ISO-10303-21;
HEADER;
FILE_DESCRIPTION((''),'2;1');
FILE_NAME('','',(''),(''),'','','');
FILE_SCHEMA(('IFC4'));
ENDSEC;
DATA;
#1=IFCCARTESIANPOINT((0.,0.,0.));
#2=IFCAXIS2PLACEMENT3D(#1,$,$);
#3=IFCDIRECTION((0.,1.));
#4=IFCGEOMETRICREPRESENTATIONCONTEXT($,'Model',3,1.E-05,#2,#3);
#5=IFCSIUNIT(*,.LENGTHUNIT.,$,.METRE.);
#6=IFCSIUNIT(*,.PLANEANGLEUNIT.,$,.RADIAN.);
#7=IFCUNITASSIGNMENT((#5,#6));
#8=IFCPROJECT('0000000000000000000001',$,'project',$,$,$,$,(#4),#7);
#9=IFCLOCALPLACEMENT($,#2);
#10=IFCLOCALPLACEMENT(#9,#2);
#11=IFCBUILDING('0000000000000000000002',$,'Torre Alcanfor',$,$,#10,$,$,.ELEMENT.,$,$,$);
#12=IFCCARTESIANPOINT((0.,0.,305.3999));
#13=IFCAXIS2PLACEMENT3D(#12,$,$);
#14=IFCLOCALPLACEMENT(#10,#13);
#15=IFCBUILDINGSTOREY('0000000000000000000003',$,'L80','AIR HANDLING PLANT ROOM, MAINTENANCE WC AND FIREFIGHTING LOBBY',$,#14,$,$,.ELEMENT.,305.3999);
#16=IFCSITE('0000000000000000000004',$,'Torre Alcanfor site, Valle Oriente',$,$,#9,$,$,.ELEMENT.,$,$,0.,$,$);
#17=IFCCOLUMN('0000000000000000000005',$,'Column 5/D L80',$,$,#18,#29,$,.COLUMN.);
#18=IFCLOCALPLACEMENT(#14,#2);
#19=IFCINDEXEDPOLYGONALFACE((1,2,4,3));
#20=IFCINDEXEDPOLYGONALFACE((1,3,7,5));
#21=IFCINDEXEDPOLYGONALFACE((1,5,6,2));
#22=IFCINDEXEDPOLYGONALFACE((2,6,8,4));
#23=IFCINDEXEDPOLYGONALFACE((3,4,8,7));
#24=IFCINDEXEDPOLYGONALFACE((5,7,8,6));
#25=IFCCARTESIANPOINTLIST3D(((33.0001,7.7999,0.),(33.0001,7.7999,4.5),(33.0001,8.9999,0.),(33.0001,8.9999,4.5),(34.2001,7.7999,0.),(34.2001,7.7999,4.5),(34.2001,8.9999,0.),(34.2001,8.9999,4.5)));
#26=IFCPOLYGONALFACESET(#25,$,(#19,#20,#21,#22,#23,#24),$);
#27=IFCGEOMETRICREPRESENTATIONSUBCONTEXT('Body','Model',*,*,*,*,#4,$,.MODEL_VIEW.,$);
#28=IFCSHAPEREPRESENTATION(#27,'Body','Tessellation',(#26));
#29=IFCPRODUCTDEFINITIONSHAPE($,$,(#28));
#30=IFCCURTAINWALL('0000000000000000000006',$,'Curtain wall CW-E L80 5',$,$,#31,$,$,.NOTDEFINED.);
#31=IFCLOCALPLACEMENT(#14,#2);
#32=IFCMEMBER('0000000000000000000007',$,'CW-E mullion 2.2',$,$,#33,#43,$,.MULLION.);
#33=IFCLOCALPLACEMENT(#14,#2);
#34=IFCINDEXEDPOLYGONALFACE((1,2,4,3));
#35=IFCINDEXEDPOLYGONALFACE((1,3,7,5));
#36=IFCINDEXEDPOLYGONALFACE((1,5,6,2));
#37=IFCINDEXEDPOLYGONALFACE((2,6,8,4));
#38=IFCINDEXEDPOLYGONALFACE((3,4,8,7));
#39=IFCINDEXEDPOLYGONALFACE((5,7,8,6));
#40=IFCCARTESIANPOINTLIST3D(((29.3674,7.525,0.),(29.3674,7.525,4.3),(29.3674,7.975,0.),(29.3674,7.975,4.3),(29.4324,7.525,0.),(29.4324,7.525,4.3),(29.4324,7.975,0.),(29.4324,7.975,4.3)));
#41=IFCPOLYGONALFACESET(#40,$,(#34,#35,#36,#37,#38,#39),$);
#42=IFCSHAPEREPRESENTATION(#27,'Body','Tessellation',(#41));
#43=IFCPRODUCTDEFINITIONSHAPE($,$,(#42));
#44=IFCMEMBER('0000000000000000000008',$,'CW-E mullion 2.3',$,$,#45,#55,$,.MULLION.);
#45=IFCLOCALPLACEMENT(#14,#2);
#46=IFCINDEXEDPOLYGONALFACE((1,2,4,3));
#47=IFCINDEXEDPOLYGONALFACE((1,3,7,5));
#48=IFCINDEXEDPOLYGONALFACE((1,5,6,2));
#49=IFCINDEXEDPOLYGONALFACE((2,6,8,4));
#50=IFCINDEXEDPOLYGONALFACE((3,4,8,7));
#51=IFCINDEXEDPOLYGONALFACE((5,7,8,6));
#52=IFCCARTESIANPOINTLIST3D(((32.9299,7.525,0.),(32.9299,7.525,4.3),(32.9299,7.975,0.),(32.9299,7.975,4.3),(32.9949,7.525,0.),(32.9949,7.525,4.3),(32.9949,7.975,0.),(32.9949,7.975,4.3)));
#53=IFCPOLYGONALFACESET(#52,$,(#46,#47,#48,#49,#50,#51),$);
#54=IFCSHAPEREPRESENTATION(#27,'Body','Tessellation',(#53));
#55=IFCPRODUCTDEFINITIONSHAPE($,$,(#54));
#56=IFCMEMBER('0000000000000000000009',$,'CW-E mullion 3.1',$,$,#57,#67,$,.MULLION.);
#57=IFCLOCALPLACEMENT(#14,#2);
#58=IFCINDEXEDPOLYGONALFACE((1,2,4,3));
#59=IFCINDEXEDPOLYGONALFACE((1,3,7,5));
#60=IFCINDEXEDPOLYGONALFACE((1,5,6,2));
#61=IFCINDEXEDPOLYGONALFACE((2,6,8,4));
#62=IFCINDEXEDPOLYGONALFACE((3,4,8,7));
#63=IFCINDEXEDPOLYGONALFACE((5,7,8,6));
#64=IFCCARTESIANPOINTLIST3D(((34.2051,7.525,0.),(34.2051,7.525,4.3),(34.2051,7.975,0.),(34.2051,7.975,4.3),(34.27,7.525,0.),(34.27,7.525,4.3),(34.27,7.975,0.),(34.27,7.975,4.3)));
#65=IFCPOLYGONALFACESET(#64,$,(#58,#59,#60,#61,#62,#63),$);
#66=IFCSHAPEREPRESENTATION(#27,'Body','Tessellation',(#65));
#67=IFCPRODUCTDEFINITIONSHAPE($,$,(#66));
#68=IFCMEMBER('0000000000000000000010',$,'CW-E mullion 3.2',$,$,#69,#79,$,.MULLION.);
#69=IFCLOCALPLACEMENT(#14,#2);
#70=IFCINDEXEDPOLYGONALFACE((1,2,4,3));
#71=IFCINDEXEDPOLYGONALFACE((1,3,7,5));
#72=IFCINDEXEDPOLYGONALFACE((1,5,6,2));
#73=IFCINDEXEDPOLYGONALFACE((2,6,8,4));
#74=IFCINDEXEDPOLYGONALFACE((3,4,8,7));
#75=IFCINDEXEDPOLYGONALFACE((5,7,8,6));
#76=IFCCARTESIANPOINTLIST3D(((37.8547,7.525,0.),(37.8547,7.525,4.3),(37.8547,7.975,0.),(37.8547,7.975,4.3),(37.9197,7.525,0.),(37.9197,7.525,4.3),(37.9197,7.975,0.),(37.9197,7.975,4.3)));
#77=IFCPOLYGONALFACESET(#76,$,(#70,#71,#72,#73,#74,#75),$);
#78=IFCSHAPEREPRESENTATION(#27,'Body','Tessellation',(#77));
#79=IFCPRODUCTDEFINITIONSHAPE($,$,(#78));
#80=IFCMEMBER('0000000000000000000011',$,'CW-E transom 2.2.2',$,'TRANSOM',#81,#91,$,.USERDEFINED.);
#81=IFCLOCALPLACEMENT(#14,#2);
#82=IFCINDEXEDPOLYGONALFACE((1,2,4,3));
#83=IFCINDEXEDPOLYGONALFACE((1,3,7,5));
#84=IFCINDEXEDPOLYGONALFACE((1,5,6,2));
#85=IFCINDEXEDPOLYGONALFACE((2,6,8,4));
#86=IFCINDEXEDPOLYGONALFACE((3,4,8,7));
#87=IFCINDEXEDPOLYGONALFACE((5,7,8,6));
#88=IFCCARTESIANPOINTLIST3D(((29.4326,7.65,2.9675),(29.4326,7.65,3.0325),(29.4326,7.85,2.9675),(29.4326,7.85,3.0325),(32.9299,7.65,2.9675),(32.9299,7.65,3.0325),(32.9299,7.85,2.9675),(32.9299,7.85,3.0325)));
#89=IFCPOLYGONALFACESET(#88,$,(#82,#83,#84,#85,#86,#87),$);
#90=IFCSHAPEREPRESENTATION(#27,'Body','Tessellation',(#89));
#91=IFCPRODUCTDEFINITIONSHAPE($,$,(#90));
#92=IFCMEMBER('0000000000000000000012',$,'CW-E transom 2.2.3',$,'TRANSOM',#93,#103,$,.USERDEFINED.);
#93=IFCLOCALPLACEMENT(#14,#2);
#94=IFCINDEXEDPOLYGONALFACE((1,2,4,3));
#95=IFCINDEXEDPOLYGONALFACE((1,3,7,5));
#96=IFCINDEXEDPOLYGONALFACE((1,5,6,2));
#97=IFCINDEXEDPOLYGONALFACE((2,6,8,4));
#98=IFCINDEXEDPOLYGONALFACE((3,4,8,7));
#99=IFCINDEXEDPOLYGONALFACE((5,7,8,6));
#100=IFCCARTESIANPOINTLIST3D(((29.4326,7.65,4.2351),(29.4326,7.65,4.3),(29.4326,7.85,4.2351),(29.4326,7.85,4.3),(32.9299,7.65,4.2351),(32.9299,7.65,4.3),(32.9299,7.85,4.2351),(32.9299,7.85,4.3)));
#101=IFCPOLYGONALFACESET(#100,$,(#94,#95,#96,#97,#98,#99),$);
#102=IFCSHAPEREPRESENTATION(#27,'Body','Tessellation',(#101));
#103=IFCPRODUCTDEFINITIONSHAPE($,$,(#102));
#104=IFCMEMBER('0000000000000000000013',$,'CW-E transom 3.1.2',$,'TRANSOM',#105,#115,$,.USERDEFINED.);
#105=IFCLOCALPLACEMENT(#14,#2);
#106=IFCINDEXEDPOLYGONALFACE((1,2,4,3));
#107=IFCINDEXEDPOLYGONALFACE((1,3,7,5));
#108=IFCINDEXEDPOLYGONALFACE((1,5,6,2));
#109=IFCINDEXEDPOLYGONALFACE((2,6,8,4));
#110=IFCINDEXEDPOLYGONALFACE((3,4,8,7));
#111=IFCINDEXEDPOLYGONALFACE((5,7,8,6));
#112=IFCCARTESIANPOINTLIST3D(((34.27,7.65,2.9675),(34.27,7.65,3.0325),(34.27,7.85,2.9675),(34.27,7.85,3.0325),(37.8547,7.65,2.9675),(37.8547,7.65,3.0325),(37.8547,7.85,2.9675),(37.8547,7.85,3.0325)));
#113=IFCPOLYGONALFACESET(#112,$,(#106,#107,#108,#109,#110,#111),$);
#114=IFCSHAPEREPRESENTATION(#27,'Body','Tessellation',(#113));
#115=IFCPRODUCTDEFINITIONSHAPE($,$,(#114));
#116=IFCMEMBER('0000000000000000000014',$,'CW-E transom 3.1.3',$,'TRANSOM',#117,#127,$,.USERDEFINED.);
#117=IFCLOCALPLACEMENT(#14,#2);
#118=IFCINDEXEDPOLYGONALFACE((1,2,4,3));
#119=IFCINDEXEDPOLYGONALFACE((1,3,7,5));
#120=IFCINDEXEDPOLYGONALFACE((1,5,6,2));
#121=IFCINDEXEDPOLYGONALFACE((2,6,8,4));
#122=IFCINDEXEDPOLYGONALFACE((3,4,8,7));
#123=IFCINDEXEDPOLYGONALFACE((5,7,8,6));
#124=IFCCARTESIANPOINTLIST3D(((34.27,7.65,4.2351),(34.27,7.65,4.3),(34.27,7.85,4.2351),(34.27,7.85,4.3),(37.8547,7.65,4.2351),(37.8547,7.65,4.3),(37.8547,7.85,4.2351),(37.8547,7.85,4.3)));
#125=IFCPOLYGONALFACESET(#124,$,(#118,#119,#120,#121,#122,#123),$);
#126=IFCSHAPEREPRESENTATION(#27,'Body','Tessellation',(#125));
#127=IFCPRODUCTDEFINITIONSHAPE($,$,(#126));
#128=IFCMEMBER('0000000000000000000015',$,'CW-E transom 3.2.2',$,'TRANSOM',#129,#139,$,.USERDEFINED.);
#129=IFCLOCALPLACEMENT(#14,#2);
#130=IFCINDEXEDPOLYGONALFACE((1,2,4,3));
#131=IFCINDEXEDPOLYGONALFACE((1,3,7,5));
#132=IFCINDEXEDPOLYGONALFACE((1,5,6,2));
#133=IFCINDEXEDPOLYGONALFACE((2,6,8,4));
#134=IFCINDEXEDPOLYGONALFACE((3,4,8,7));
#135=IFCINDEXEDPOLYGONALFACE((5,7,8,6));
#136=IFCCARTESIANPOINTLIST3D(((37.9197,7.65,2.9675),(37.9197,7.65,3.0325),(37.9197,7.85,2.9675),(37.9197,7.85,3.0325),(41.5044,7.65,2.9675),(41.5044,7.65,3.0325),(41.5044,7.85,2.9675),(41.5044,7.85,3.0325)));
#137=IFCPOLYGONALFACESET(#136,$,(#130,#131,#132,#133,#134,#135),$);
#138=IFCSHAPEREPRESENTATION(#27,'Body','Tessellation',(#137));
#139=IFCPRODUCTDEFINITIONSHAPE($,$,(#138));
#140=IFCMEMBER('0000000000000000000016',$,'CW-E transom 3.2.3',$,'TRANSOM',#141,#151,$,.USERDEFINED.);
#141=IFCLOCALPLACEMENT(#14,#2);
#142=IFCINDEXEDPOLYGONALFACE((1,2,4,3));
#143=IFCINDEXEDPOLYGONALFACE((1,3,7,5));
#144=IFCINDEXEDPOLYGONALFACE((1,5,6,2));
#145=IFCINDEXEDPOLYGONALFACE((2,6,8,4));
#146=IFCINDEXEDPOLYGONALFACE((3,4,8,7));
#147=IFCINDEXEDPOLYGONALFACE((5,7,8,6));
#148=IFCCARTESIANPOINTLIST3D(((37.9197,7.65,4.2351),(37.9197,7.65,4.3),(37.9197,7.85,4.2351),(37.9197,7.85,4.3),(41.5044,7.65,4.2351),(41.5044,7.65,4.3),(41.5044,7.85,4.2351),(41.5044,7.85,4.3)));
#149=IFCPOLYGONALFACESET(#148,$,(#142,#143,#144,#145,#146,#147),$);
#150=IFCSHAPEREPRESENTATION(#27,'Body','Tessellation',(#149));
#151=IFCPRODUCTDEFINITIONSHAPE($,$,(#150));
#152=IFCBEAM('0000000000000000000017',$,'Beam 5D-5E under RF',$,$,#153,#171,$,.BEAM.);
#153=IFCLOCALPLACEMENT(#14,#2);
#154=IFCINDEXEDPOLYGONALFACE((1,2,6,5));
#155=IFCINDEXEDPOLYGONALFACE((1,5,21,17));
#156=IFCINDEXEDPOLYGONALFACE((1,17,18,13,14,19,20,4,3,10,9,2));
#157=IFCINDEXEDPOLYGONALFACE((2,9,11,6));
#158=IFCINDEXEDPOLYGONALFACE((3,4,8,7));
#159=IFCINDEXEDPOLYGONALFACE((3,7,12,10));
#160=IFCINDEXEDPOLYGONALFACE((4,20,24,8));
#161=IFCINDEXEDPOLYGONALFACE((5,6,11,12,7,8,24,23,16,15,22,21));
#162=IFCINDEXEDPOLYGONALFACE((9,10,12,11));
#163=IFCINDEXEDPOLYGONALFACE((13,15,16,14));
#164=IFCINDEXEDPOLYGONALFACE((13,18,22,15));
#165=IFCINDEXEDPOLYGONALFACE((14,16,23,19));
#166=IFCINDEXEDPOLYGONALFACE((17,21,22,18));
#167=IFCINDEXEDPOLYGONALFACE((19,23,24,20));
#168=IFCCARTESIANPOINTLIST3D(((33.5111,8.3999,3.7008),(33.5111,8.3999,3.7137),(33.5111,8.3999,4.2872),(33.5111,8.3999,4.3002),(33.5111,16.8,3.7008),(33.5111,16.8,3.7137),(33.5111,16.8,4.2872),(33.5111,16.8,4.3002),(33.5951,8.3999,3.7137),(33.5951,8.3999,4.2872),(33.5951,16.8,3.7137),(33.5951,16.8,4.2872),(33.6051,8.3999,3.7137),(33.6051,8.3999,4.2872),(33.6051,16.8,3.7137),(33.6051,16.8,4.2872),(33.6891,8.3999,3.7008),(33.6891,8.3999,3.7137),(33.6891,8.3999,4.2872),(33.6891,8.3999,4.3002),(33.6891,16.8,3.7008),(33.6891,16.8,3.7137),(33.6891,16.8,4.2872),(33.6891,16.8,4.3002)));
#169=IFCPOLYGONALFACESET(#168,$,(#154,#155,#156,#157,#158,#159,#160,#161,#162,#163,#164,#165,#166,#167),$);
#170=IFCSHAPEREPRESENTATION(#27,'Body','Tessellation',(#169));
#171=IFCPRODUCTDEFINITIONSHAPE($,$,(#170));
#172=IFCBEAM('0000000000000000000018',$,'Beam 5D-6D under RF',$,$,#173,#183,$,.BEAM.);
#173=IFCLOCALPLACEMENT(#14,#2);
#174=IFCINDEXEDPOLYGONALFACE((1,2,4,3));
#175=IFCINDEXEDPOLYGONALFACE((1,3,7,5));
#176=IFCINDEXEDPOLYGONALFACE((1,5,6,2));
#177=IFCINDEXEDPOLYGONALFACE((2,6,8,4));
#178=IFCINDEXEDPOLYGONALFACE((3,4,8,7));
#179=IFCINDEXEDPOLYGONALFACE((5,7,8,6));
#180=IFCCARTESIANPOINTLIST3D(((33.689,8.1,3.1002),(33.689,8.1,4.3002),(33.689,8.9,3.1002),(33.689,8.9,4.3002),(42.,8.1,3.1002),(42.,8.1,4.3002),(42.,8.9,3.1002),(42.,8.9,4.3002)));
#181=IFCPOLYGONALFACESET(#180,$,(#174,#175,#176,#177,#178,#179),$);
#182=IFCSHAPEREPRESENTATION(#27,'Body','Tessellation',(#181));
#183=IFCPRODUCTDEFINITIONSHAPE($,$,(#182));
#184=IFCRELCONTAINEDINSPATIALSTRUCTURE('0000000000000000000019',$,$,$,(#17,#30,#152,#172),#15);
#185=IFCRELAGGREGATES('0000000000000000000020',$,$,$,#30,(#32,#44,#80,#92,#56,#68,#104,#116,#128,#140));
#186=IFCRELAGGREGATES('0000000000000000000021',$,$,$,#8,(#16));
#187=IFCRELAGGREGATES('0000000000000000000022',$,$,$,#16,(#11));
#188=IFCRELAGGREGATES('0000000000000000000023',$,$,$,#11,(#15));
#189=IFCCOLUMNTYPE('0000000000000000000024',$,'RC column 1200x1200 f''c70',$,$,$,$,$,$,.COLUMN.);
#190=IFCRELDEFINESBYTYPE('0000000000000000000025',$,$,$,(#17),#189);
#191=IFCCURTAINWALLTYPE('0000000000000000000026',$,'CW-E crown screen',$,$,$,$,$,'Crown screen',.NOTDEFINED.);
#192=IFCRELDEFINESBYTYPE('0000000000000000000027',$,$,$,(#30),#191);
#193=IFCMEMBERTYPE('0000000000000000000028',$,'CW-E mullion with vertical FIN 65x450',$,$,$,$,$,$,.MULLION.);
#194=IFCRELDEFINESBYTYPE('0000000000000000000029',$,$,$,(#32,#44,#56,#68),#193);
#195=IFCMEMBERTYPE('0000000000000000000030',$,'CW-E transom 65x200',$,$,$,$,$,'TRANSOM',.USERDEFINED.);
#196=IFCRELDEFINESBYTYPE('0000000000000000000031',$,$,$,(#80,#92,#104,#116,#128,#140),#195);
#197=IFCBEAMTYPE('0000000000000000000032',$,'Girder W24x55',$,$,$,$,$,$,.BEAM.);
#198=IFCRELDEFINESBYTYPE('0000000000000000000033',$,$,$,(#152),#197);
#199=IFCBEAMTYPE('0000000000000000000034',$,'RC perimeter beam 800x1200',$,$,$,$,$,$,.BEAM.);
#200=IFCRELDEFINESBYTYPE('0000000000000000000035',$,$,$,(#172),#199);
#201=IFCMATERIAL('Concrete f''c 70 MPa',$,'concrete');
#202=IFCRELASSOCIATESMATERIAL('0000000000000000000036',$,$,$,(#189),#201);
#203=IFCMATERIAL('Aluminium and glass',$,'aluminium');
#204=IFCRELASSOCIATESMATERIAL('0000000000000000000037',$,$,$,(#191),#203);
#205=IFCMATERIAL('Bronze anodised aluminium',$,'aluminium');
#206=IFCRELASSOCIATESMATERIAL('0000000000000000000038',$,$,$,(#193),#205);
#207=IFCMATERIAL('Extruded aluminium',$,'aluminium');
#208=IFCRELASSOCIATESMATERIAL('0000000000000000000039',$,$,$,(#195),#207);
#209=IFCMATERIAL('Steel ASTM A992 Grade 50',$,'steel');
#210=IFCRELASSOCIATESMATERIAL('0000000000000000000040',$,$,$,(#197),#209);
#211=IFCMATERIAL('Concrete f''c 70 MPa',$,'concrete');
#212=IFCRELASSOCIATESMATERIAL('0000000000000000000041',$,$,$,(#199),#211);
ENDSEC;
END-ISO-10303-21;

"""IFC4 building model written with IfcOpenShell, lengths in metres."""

from ifc_helpers import new_model, si_unit, direction, frame, origin, origin_2d, place, context, subcontext, project, spatial, rectangle, i_section, extrude, material, material_profile, profile_set, type_object, element, aggregate, save


model = new_model("IFC4")

# Units and contexts
model_context = context("Model", 3, precision=1e-05, world=origin(), true_north=direction((0.0, 1.0)))
body_context = subcontext(model_context, "Body", "Model", "MODEL_VIEW")
ifc_project = project(units=[si_unit("LENGTHUNIT", "METRE"), si_unit("PLANEANGLEUNIT", "RADIAN")], contexts=[model_context])

# Site, building, storey
site_placement = place(None, origin())
site = spatial("IfcSite", under=ifc_project, at=site_placement, Name="Torre Alcanfor site, Valle Oriente", CompositionType="ELEMENT", RefElevation=0.0)
building_placement = place(site_placement, origin())
building = spatial("IfcBuilding", under=site, at=building_placement, Name="Torre Alcanfor", CompositionType="ELEMENT")
storey_placement = place(building_placement, frame((0.0, 0.0, 305.3999)))
storey = spatial("IfcBuildingStorey", under=building, at=storey_placement, Name="L80", Description="AIR HANDLING PLANT ROOM, MAINTENANCE WC AND FIREFIGHTING LOBBY", CompositionType="ELEMENT", Elevation=305.3999)

# Column
ifc_material_1 = material(Name="Concrete f'c 70 MPa", Category="concrete")
ifc_material_profile_1 = material_profile(ifc_material_1, rectangle(XDim=1.2, YDim=1.2, at=origin_2d()), Name="1200x1200")
ifc_profile_set_1 = profile_set([ifc_material_profile_1], Name="Concrete f'c 70 MPa")
column_type = type_object("IfcColumnType", Name="RC column 1200x1200 f'c70", PredefinedType="COLUMN", material=ifc_profile_set_1)
column_placement = place(storey_placement, frame((33.6001, 8.3999, 0.0), z_axis=(0.0, 0.0, 1.0), x_axis=(1.0, 0.0, 0.0)))
element("IfcColumn", 1, at=column_placement, inside=storey, type_object=column_type, Name="Column 5/D L80", PredefinedType="COLUMN", context=body_context, shape_type="SweptSolid", body=[
    extrude(rectangle(XDim=1.2, YDim=1.2, at=origin_2d()), origin(), (0.0, 0.0, 1.0), 4.5),
])

# Curtain wall, members
ifc_material_2 = material(Name="Aluminium and glass", Category="aluminium")
curtain_wall_type = type_object("IfcCurtainWallType", Name="CW-E crown screen", ElementType="Crown screen", PredefinedType="NOTDEFINED", material=ifc_material_2)
curtain_wall_placement = place(storey_placement, origin())
curtain_wall = element("IfcCurtainWall", 2, at=curtain_wall_placement, inside=storey, type_object=curtain_wall_type, Name="Curtain wall CW-E L80 5", PredefinedType="NOTDEFINED")
ifc_material_3 = material(Name="Bronze anodised aluminium", Category="aluminium")
ifc_material_profile_2 = material_profile(ifc_material_3, rectangle(XDim=0.45, YDim=0.0649, at=origin_2d()), Name="CW-E mullion 65x450")
ifc_profile_set_2 = profile_set([ifc_material_profile_2], Name="Bronze anodised aluminium")
member_type_1 = type_object("IfcMemberType", Name="CW-E mullion with vertical FIN 65x450", PredefinedType="MULLION", material=ifc_profile_set_2)
member_1_placement = place(storey_placement, frame((29.3999, 7.75, 0.0), z_axis=(0.0, 0.0, 1.0), x_axis=(0.0, 1.0, 0.0)))
member_1 = element("IfcMember", 3, at=member_1_placement, type_object=member_type_1, Name="CW-E mullion 2.2", PredefinedType="MULLION", context=body_context, shape_type="SweptSolid", body=[
    extrude(rectangle(XDim=0.45, YDim=0.0649, at=origin_2d()), origin(), (0.0, 0.0, 1.0), 4.3),
])
member_2_placement = place(storey_placement, frame((32.9624, 7.75, 0.0), z_axis=(0.0, 0.0, 1.0), x_axis=(0.0, 1.0, 0.0)))
member_2 = element("IfcMember", 4, at=member_2_placement, type_object=member_type_1, Name="CW-E mullion 2.3", PredefinedType="MULLION", context=body_context, shape_type="SweptSolid", body=[
    extrude(rectangle(XDim=0.45, YDim=0.0649, at=origin_2d()), origin(), (0.0, 0.0, 1.0), 4.3),
])
member_3_placement = place(storey_placement, frame((34.2375, 7.75, 0.0), z_axis=(0.0, 0.0, 1.0), x_axis=(0.0, 1.0, 0.0)))
member_3 = element("IfcMember", 5, at=member_3_placement, type_object=member_type_1, Name="CW-E mullion 3.1", PredefinedType="MULLION", context=body_context, shape_type="SweptSolid", body=[
    extrude(rectangle(XDim=0.45, YDim=0.0649, at=origin_2d()), origin(), (0.0, 0.0, 1.0), 4.3),
])
member_4_placement = place(storey_placement, frame((37.8872, 7.75, 0.0), z_axis=(0.0, 0.0, 1.0), x_axis=(0.0, 1.0, 0.0)))
member_4 = element("IfcMember", 6, at=member_4_placement, type_object=member_type_1, Name="CW-E mullion 3.2", PredefinedType="MULLION", context=body_context, shape_type="SweptSolid", body=[
    extrude(rectangle(XDim=0.45, YDim=0.0649, at=origin_2d()), origin(), (0.0, 0.0, 1.0), 4.3),
])
ifc_material_4 = material(Name="Extruded aluminium", Category="aluminium")
ifc_material_profile_3 = material_profile(ifc_material_4, rectangle(XDim=0.2, YDim=0.0649, at=origin_2d()), Name="CW-E transom 200x65")
ifc_profile_set_3 = profile_set([ifc_material_profile_3], Name="Extruded aluminium")
member_type_2 = type_object("IfcMemberType", Name="CW-E transom 65x200", ElementType="TRANSOM", PredefinedType="USERDEFINED", material=ifc_profile_set_3)
member_5_placement = place(storey_placement, frame((29.4326, 7.75, 3.0), z_axis=(1.0, 0.0, 0.0), x_axis=(0.0, 1.0, 0.0)))
member_5 = element("IfcMember", 7, at=member_5_placement, type_object=member_type_2, Name="CW-E transom 2.2.2", ObjectType="TRANSOM", PredefinedType="USERDEFINED", context=body_context, shape_type="SweptSolid", body=[
    extrude(rectangle(XDim=0.2, YDim=0.0649, at=origin_2d()), origin(), (0.0, 0.0, 1.0), 3.4973),
])
member_6_placement = place(storey_placement, frame((29.4326, 7.75, 4.2676), z_axis=(1.0, 0.0, 0.0), x_axis=(0.0, 1.0, 0.0)))
member_6 = element("IfcMember", 8, at=member_6_placement, type_object=member_type_2, Name="CW-E transom 2.2.3", ObjectType="TRANSOM", PredefinedType="USERDEFINED", context=body_context, shape_type="SweptSolid", body=[
    extrude(rectangle(XDim=0.2, YDim=0.0649, at=origin_2d()), origin(), (0.0, 0.0, 1.0), 3.4973),
])
member_7_placement = place(storey_placement, frame((34.27, 7.75, 3.0), z_axis=(1.0, 0.0, 0.0), x_axis=(0.0, 1.0, 0.0)))
member_7 = element("IfcMember", 9, at=member_7_placement, type_object=member_type_2, Name="CW-E transom 3.1.2", ObjectType="TRANSOM", PredefinedType="USERDEFINED", context=body_context, shape_type="SweptSolid", body=[
    extrude(rectangle(XDim=0.2, YDim=0.0649, at=origin_2d()), origin(), (0.0, 0.0, 1.0), 3.5847),
])
member_8_placement = place(storey_placement, frame((34.27, 7.75, 4.2676), z_axis=(1.0, 0.0, 0.0), x_axis=(0.0, 1.0, 0.0)))
member_8 = element("IfcMember", 10, at=member_8_placement, type_object=member_type_2, Name="CW-E transom 3.1.3", ObjectType="TRANSOM", PredefinedType="USERDEFINED", context=body_context, shape_type="SweptSolid", body=[
    extrude(rectangle(XDim=0.2, YDim=0.0649, at=origin_2d()), origin(), (0.0, 0.0, 1.0), 3.5847),
])
member_9_placement = place(storey_placement, frame((37.9197, 7.75, 3.0), z_axis=(1.0, 0.0, 0.0), x_axis=(0.0, 1.0, 0.0)))
member_9 = element("IfcMember", 11, at=member_9_placement, type_object=member_type_2, Name="CW-E transom 3.2.2", ObjectType="TRANSOM", PredefinedType="USERDEFINED", context=body_context, shape_type="SweptSolid", body=[
    extrude(rectangle(XDim=0.2, YDim=0.0649, at=origin_2d()), origin(), (0.0, 0.0, 1.0), 3.5847),
])
member_10_placement = place(storey_placement, frame((37.9197, 7.75, 4.2676), z_axis=(1.0, 0.0, 0.0), x_axis=(0.0, 1.0, 0.0)))
member_10 = element("IfcMember", 12, at=member_10_placement, type_object=member_type_2, Name="CW-E transom 3.2.3", ObjectType="TRANSOM", PredefinedType="USERDEFINED", context=body_context, shape_type="SweptSolid", body=[
    extrude(rectangle(XDim=0.2, YDim=0.0649, at=origin_2d()), origin(), (0.0, 0.0, 1.0), 3.5847),
])

# Beams
ifc_material_5 = material(Name="Steel ASTM A992 Grade 50", Category="steel")
ifc_material_profile_4 = material_profile(ifc_material_5, i_section(OverallWidth=0.178, OverallDepth=0.5994, WebThickness=0.01, FlangeThickness=0.0129, at=origin_2d()), Name="W24x55")
ifc_profile_set_4 = profile_set([ifc_material_profile_4], Name="Steel ASTM A992 Grade 50")
beam_type_1 = type_object("IfcBeamType", Name="Girder W24x55", PredefinedType="BEAM", material=ifc_profile_set_4)
beam_1_placement = place(storey_placement, frame((33.6001, 8.3999, 4.0005), z_axis=(0.0, 1.0, 0.0), x_axis=(-1.0, 0.0, 0.0)))
element("IfcBeam", 13, at=beam_1_placement, inside=storey, type_object=beam_type_1, Name="Beam 5D-5E under RF", PredefinedType="BEAM", context=body_context, shape_type="SweptSolid", body=[
    extrude(i_section(OverallWidth=0.178, OverallDepth=0.5994, WebThickness=0.01, FlangeThickness=0.0129, at=origin_2d()), origin(), (0.0, 0.0, 1.0), 8.4001),
])
ifc_material_6 = material(Name="Concrete f'c 70 MPa", Category="concrete")
ifc_material_profile_5 = material_profile(ifc_material_6, rectangle(XDim=0.8, YDim=1.2, at=origin_2d()), Name="800x1200")
ifc_profile_set_5 = profile_set([ifc_material_profile_5], Name="Concrete f'c 70 MPa")
beam_type_2 = type_object("IfcBeamType", Name="RC perimeter beam 800x1200", PredefinedType="BEAM", material=ifc_profile_set_5)
beam_2_placement = place(storey_placement, frame((33.689, 8.5, 3.7002), z_axis=(1.0, 0.0, 0.0), x_axis=(0.0, 1.0, 0.0)))
element("IfcBeam", 14, at=beam_2_placement, inside=storey, type_object=beam_type_2, Name="Beam 5D-6D under RF", PredefinedType="BEAM", context=body_context, shape_type="SweptSolid", body=[
    extrude(rectangle(XDim=0.8, YDim=1.2, at=origin_2d()), origin(), (0.0, 0.0, 1.0), 8.311),
])

aggregate(curtain_wall, [member_1, member_2, member_5, member_6, member_3, member_4, member_7, member_8, member_9, member_10])

save(model, "model.ifc")
